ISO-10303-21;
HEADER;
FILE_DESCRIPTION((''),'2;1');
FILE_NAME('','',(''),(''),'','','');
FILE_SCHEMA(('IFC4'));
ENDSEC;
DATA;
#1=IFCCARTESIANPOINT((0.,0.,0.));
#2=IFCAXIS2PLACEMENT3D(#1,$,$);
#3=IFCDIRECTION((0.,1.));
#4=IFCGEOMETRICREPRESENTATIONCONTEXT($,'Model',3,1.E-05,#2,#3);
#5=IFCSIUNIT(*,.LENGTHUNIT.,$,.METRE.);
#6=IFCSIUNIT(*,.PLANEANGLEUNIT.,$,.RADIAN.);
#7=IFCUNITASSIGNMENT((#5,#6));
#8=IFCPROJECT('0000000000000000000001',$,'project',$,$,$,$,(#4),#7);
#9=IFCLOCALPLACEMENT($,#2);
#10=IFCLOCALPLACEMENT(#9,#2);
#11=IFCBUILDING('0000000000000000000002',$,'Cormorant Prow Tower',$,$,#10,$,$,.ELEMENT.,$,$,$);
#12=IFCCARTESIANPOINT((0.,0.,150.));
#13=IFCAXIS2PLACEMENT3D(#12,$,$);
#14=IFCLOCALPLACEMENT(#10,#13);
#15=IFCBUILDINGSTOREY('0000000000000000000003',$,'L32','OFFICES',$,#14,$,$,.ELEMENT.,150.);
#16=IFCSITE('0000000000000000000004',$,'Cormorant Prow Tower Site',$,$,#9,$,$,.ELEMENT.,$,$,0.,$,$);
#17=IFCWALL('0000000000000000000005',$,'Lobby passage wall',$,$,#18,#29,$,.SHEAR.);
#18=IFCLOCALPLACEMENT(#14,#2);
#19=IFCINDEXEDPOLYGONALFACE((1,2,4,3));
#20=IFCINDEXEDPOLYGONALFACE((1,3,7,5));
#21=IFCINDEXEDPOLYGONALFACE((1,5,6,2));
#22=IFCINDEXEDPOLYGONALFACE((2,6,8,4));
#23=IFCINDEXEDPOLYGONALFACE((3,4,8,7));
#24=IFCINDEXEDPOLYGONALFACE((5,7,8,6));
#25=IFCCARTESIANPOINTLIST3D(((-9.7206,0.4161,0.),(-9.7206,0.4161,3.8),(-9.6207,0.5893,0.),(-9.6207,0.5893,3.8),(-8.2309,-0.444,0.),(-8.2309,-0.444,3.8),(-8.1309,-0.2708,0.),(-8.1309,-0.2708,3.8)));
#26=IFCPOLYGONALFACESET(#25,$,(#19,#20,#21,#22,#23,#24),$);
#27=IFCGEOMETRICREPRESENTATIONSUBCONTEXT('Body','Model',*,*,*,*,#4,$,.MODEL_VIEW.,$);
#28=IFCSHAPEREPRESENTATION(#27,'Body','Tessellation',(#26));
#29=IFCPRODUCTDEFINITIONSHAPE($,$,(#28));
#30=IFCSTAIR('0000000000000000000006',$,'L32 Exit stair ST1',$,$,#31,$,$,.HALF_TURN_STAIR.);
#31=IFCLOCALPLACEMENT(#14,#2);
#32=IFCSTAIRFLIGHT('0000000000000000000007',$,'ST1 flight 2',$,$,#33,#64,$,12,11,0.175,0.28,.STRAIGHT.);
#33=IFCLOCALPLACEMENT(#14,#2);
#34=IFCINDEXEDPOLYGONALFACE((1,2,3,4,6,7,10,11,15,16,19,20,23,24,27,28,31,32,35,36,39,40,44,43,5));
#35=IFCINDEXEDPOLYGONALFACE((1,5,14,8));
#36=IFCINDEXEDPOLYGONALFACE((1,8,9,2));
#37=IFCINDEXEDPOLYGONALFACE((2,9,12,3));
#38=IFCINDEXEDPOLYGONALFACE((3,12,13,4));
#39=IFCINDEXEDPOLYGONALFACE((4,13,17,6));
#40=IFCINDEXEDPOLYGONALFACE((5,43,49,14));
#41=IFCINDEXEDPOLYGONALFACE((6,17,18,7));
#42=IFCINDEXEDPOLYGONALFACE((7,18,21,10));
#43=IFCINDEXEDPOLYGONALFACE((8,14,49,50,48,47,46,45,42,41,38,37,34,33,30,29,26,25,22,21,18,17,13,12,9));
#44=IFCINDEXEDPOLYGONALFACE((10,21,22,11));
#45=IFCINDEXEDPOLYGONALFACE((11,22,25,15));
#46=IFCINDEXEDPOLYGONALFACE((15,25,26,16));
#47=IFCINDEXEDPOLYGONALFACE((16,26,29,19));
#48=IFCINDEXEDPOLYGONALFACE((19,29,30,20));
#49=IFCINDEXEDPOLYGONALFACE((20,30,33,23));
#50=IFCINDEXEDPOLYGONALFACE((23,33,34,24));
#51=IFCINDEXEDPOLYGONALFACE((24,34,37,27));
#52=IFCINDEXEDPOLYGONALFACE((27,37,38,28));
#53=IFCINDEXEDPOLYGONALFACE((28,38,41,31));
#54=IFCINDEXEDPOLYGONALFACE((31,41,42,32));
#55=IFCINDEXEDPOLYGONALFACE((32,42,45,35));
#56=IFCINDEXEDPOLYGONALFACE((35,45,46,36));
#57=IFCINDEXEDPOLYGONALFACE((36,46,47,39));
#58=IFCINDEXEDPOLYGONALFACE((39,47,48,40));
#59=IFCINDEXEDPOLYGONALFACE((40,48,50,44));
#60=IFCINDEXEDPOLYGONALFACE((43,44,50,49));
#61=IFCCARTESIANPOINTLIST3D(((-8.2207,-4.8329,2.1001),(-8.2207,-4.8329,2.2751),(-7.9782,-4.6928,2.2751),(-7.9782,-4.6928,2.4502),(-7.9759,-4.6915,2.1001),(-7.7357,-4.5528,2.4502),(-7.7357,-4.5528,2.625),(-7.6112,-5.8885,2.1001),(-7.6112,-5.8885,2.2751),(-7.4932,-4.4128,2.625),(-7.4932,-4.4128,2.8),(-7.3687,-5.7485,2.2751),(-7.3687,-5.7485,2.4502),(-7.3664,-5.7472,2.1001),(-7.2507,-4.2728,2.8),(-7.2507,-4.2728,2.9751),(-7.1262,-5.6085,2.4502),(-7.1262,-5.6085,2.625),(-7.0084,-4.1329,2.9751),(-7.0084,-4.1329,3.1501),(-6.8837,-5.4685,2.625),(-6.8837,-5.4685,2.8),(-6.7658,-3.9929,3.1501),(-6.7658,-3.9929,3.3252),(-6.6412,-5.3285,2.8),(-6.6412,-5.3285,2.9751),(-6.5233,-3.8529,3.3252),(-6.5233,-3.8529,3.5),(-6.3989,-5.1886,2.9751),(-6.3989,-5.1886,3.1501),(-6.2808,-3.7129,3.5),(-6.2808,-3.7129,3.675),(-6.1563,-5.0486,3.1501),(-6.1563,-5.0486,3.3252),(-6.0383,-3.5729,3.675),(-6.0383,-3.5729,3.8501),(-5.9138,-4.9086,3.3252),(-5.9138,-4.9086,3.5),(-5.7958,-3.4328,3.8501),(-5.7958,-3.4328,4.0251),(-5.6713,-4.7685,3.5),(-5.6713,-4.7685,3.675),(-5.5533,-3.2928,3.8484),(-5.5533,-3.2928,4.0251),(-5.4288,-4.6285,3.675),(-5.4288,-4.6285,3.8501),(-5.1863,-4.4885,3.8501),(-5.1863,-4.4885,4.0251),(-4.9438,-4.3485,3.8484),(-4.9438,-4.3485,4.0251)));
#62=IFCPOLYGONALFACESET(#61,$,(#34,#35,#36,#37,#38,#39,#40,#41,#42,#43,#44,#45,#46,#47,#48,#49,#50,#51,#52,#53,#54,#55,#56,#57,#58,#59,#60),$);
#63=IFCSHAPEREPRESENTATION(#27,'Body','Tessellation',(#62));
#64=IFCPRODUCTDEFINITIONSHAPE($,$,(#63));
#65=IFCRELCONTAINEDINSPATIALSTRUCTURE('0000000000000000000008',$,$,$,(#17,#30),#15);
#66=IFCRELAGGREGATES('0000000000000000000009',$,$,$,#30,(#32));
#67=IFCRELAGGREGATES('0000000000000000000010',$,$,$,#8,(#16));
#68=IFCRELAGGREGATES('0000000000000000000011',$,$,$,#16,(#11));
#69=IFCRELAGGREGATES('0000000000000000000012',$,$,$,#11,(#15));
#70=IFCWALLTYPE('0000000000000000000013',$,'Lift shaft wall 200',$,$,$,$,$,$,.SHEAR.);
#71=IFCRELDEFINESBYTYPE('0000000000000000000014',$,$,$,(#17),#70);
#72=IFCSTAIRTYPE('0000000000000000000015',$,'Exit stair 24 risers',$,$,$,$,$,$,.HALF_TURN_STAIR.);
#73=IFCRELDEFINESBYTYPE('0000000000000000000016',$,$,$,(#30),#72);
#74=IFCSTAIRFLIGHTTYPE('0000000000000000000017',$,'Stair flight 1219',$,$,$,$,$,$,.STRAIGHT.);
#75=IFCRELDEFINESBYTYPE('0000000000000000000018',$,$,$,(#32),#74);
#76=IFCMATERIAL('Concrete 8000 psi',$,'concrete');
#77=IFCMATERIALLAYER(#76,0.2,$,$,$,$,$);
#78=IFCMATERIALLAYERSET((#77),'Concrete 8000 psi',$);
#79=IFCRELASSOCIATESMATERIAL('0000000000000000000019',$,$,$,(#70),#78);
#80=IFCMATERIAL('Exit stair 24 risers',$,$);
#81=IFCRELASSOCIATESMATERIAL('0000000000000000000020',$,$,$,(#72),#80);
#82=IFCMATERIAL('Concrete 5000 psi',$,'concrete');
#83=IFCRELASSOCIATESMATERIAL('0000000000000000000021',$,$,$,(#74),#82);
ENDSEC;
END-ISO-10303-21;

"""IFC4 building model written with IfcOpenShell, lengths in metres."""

from ifc_helpers import new_model, si_unit, direction, frame, frame_2d, origin, place, context, subcontext, project, spatial, polyline, rectangle, outline, extrude, material, layer, layer_set, type_object, element, aggregate, save


model = new_model("IFC4")

# Units and contexts
model_context = context("Model", 3, precision=1e-05, world=origin(), true_north=direction((0.0, 1.0)))
body_context = subcontext(model_context, "Body", "Model", "MODEL_VIEW")
ifc_project = project(units=[si_unit("LENGTHUNIT", "METRE"), si_unit("PLANEANGLEUNIT", "RADIAN")], contexts=[model_context])

# Site, building, storey
site_placement = place(None, origin())
site = spatial("IfcSite", under=ifc_project, at=site_placement, Name="Cormorant Prow Tower Site", CompositionType="ELEMENT", RefElevation=0.0)
building_placement = place(site_placement, origin())
building = spatial("IfcBuilding", under=site, at=building_placement, Name="Cormorant Prow Tower", CompositionType="ELEMENT")
storey_placement = place(building_placement, frame((0.0, 0.0, 150.0)))
storey = spatial("IfcBuildingStorey", under=building, at=storey_placement, Name="L32", Description="OFFICES", CompositionType="ELEMENT", Elevation=150.0)

# Wall
ifc_material_1 = material(Name="Concrete 8000 psi", Category="concrete")
ifc_layer_1 = layer(ifc_material_1, 0.2)
ifc_layer_set_1 = layer_set([ifc_layer_1], Name="Concrete 8000 psi")
wall_type_1 = type_object("IfcWallType", Name="Lift shaft wall 200", PredefinedType="SHEAR", material=ifc_layer_set_1)
wall_1_placement = place(storey_placement, frame((-8.1809, -0.3574, 0.0), z_axis=(0.0, 0.0, 1.0), x_axis=(-0.866025, 0.500001, 0.0)))
element("IfcWall", 1, at=wall_1_placement, inside=storey, type_object=wall_type_1, Name="Lobby passage wall", PredefinedType="SHEAR", context=body_context, shape_type="SweptSolid", body=[
    extrude(rectangle(XDim=1.7202, YDim=0.2, at=frame_2d((0.8601, 0.0))), origin(), (0.0, 0.0, 1.0), 3.8),
])

# Stair, stair flight
ifc_material_2 = material(Name="Exit stair 24 risers")
stair_type = type_object("IfcStairType", Name="Exit stair 24 risers", PredefinedType="HALF_TURN_STAIR", material=ifc_material_2)
stair_placement = place(storey_placement, origin())
stair = element("IfcStair", 2, at=stair_placement, inside=storey, type_object=stair_type, Name="L32 Exit stair ST1", PredefinedType="HALF_TURN_STAIR")
ifc_material_3 = material(Name="Concrete 5000 psi", Category="concrete")
stair_flight_type = type_object("IfcStairFlightType", Name="Stair flight 1219", PredefinedType="STRAIGHT", material=ifc_material_3)
stair_flight_placement = place(storey_placement, frame((-7.916, -5.3606, 2.1001), z_axis=(0.0, 0.0, 1.0), x_axis=(0.866025, 0.5, 0.0)))
stair_flight = element("IfcStairFlight", 3, at=stair_flight_placement, type_object=stair_flight_type, Name="ST1 flight 2", NumberOfRisers=12, NumberOfTreads=11, PredefinedType="STRAIGHT", RiserHeight=0.175, TreadLength=0.28, context=body_context, shape_type="SweptSolid", body=[
    extrude(outline(polyline([(0.0, 0.0), (0.0, 0.175), (0.28, 0.175), (0.28, 0.3501), (0.5601, 0.3501), (0.5601, 0.5249), (0.8401, 0.5249), (0.8401, 0.7), (1.1201, 0.7), (1.1201, 0.875), (1.3999, 0.875), (1.3999, 1.05), (1.6799, 1.05), (1.6799, 1.2251), (1.96, 1.2251), (1.96, 1.3999), (2.24, 1.3999), (2.24, 1.575), (2.52, 1.575), (2.52, 1.75), (2.8, 1.75), (2.8, 1.925), (3.0801, 1.925), (3.0801, 2.1001), (3.0801, 1.7483), (0.2827, 0.0), (0.0, 0.0)])), frame((0.0, 0.6094, 0.0), z_axis=(0.0, -1.0, 0.0), x_axis=(1.0, 0.0, 0.0)), (0.0, 0.0, 1.0), 1.219),
])
aggregate(stair, [stair_flight])

save(model, "model.ifc")
